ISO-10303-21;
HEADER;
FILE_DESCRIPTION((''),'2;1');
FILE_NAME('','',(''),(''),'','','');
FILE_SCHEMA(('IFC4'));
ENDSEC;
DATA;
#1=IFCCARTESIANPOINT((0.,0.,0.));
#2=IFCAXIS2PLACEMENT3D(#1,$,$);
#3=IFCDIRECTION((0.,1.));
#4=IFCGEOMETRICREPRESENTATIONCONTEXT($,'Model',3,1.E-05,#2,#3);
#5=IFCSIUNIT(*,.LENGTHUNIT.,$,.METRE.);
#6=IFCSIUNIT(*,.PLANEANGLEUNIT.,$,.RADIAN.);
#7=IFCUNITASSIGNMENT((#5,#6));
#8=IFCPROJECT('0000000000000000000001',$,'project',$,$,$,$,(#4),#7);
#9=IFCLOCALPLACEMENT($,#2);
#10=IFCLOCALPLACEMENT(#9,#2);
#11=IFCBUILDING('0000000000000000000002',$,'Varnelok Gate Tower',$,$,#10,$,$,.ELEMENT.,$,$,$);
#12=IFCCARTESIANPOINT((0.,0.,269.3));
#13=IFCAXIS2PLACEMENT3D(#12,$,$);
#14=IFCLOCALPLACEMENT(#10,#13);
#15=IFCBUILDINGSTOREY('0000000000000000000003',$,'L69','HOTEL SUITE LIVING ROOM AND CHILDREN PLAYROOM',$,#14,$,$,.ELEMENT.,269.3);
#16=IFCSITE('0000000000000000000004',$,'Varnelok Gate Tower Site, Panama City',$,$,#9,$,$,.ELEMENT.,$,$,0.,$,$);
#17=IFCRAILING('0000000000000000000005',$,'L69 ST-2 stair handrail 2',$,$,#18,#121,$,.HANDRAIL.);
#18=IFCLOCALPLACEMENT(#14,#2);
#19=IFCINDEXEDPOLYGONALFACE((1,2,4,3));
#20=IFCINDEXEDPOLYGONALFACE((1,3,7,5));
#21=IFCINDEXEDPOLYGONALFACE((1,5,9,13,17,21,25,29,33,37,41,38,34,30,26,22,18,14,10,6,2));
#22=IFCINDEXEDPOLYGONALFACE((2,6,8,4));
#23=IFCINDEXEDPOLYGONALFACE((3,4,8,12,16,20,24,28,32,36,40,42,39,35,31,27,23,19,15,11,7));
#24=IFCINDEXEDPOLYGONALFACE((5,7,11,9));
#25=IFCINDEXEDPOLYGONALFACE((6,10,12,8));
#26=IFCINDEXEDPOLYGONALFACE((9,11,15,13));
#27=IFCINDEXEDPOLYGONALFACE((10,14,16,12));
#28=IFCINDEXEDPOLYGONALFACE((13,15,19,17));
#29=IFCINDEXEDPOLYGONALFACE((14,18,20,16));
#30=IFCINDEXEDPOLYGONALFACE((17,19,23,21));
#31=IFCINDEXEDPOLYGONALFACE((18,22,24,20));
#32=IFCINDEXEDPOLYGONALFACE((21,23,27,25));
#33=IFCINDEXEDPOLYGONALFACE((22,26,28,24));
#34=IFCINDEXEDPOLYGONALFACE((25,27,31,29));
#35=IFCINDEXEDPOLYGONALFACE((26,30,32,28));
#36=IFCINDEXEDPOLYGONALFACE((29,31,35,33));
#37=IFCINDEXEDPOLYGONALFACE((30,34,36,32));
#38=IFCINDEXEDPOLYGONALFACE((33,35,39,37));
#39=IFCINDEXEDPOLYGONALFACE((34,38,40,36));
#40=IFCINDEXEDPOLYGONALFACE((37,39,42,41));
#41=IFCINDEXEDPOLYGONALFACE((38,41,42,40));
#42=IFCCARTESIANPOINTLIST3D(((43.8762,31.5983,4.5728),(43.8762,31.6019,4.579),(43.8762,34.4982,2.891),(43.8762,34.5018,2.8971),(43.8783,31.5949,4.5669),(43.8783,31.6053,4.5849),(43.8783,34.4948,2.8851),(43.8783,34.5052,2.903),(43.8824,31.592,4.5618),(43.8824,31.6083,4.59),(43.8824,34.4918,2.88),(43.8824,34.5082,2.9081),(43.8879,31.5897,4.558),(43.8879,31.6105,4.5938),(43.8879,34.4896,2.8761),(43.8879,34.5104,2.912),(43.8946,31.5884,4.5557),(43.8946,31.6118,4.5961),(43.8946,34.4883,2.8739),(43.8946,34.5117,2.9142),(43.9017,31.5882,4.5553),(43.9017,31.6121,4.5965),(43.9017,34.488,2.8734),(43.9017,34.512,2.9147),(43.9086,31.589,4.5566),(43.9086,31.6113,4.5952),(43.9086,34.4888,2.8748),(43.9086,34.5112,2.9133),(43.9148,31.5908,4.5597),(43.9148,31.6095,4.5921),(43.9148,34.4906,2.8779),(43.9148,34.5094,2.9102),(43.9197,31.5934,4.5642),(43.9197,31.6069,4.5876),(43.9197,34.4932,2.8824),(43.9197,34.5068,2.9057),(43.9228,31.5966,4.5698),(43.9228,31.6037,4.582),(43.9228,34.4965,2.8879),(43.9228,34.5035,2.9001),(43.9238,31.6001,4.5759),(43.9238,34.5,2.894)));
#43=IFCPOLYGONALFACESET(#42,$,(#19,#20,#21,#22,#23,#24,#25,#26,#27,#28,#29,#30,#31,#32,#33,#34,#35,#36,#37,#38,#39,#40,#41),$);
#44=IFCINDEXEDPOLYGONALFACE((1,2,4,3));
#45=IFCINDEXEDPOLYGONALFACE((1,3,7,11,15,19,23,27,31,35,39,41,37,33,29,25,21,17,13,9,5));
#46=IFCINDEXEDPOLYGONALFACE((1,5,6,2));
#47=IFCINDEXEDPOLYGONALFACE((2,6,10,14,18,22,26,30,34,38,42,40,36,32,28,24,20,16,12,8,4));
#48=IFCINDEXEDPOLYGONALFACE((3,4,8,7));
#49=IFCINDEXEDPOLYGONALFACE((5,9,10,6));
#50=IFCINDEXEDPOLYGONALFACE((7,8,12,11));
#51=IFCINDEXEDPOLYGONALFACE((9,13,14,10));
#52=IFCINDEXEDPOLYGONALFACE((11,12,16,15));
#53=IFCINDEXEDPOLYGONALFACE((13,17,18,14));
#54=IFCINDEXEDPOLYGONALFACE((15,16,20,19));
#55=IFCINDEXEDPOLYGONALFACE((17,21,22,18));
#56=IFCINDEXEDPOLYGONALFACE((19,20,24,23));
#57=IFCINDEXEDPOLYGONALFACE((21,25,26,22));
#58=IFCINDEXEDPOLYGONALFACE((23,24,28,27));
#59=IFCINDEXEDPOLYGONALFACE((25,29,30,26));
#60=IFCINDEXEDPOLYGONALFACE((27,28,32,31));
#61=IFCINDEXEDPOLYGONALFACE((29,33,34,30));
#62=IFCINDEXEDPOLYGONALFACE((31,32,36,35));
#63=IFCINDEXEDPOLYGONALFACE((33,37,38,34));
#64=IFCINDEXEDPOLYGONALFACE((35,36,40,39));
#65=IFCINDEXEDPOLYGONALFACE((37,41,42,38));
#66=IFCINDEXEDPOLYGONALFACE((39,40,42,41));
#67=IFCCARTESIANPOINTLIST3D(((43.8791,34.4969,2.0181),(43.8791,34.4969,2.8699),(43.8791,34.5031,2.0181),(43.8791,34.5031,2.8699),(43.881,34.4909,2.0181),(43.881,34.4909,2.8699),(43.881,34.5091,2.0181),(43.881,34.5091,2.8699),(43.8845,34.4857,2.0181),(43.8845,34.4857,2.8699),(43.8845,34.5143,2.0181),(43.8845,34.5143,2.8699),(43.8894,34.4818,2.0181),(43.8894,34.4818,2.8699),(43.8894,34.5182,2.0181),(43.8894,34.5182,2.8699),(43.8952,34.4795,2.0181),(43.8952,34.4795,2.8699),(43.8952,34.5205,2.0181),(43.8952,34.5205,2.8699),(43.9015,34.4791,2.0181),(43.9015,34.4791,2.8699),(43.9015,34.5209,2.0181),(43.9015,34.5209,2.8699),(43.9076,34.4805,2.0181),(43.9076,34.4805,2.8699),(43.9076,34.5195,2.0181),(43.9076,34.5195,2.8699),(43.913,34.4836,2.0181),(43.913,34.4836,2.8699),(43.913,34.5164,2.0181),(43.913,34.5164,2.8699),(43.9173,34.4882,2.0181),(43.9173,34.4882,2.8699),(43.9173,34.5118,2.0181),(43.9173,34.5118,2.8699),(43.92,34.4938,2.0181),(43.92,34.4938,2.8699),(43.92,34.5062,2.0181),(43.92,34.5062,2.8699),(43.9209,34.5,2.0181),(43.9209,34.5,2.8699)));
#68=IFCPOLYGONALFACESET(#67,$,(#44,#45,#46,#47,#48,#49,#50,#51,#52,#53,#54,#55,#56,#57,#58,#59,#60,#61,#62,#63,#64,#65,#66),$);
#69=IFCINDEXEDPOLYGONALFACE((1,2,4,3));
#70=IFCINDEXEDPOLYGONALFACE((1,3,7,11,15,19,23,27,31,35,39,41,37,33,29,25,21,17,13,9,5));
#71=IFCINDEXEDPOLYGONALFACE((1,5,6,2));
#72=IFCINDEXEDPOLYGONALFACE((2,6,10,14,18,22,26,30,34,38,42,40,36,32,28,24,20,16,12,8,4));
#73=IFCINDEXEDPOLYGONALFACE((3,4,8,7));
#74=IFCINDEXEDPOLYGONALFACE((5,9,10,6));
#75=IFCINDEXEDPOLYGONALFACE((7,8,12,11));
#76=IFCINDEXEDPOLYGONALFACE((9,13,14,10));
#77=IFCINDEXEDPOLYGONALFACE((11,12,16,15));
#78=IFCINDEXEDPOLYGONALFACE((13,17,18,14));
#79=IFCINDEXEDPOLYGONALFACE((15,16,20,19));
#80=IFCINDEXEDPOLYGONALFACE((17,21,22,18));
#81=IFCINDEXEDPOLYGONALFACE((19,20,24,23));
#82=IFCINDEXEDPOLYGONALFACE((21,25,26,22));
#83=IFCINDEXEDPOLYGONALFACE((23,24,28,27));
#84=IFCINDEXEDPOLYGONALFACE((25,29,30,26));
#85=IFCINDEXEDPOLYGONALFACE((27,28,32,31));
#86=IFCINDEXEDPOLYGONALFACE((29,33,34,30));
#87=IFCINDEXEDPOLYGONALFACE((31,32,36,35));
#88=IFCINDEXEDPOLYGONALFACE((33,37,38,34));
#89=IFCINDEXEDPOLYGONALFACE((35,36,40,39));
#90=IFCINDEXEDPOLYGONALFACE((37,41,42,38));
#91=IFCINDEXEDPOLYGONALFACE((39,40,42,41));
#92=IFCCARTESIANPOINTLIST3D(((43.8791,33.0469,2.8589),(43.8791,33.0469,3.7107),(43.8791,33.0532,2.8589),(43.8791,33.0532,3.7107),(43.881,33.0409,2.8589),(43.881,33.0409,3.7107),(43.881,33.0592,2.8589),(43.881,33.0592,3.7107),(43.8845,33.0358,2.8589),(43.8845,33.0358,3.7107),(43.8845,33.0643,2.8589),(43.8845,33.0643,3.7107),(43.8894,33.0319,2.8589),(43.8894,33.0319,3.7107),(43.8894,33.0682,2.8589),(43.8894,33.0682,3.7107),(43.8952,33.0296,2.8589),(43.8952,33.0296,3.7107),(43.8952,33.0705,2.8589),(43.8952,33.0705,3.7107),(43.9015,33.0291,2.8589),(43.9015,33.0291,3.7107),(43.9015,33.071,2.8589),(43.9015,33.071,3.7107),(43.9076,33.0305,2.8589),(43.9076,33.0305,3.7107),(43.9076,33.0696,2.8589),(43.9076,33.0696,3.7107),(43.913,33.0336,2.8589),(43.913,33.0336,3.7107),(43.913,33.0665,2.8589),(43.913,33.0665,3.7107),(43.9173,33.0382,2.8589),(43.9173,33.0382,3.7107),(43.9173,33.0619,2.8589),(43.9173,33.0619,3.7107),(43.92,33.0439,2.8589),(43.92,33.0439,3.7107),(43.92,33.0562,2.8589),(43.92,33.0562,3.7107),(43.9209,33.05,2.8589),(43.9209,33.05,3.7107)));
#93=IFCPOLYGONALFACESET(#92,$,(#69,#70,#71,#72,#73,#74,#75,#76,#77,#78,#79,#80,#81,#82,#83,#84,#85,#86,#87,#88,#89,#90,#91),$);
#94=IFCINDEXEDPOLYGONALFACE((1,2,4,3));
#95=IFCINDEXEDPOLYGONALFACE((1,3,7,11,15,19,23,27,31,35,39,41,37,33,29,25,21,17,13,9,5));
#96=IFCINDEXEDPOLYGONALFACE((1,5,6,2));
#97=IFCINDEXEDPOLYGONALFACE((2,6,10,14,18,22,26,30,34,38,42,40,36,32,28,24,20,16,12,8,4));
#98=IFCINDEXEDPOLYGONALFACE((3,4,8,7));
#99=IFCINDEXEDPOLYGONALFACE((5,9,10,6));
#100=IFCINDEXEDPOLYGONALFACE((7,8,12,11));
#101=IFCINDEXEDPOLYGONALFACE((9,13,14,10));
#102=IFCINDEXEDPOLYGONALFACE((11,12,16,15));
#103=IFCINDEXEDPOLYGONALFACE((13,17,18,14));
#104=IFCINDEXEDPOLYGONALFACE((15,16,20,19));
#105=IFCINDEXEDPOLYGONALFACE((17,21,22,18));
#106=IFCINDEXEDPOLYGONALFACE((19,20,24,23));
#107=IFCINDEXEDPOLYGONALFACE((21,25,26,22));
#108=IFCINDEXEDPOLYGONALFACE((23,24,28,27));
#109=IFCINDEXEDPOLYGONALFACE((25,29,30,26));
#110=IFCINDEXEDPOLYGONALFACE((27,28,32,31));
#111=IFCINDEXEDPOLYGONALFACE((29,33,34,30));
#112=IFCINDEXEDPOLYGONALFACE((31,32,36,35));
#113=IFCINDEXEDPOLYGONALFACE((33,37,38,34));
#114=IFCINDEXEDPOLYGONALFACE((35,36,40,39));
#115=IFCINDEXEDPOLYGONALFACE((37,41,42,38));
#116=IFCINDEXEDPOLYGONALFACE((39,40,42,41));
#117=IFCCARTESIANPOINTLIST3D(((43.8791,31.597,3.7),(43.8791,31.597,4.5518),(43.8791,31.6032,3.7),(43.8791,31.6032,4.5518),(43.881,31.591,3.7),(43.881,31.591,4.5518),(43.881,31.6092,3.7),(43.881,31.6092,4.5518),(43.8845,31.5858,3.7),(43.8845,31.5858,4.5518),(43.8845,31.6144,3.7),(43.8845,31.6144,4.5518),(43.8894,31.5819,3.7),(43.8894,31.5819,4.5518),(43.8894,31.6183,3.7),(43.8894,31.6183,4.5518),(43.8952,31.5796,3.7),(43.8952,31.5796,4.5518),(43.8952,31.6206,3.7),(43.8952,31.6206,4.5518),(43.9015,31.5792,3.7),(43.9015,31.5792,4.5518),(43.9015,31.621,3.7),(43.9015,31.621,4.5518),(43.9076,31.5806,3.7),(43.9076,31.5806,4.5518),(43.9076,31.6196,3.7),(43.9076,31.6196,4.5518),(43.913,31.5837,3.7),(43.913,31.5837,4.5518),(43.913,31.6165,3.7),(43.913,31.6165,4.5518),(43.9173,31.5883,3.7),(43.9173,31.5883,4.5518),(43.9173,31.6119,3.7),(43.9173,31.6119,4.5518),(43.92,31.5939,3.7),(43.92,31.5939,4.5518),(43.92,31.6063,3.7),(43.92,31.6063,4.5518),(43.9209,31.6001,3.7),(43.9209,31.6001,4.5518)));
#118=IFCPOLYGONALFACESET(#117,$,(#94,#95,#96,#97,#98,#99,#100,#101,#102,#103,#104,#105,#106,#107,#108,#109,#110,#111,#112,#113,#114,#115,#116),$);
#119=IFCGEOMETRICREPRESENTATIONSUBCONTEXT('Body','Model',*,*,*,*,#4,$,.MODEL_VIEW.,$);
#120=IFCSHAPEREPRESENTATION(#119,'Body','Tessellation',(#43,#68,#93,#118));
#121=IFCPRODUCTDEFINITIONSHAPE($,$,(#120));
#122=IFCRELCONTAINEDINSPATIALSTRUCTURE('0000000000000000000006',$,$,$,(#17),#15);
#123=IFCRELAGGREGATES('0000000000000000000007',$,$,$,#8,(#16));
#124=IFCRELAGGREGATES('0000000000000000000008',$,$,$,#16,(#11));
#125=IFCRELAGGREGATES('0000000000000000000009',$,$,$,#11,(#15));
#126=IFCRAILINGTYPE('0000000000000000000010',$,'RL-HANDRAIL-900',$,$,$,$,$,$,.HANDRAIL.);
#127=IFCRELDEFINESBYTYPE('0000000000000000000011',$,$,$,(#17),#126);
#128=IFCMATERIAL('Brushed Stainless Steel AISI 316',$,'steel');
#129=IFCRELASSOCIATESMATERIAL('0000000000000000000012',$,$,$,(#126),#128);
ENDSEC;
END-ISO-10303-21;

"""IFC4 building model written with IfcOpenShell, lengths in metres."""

from ifc_helpers import new_model, si_unit, direction, frame, origin, origin_2d, place, context, subcontext, project, spatial, circle, extrude, material, type_object, element, save


model = new_model("IFC4")

# Units and contexts
model_context = context("Model", 3, precision=1e-05, world=origin(), true_north=direction((0.0, 1.0)))
body_context = subcontext(model_context, "Body", "Model", "MODEL_VIEW")
ifc_project = project(units=[si_unit("LENGTHUNIT", "METRE"), si_unit("PLANEANGLEUNIT", "RADIAN")], contexts=[model_context])

# Site, building, storey
site_placement = place(None, origin())
site = spatial("IfcSite", under=ifc_project, at=site_placement, Name="Varnelok Gate Tower Site, Panama City", CompositionType="ELEMENT", RefElevation=0.0)
building_placement = place(site_placement, origin())
building = spatial("IfcBuilding", under=site, at=building_placement, Name="Varnelok Gate Tower", CompositionType="ELEMENT")
storey_placement = place(building_placement, frame((0.0, 0.0, 269.3)))
storey = spatial("IfcBuildingStorey", under=building, at=storey_placement, Name="L69", Description="HOTEL SUITE LIVING ROOM AND CHILDREN PLAYROOM", CompositionType="ELEMENT", Elevation=269.3)

# Railing
ifc_material_1 = material(Name="Brushed Stainless Steel AISI 316", Category="steel")
railing_type_1 = type_object("IfcRailingType", Name="RL-HANDRAIL-900", PredefinedType="HANDRAIL", material=ifc_material_1)
railing_1_placement = place(storey_placement, frame((43.8999, 34.5, 2.0181)))
element("IfcRailing", 1, at=railing_1_placement, inside=storey, type_object=railing_type_1, Name="L69 ST-2 stair handrail 2", PredefinedType="HANDRAIL", context=body_context, shape_type="SweptSolid", body=[
    extrude(circle(Radius=0.0239, at=origin_2d()), frame((0.0, 0.0, 0.876), z_axis=(0.0, -0.865039, 0.501705), x_axis=(1.0, 0.0, 0.0)), (0.0, 0.0, 1.0), 3.3523),
    extrude(circle(Radius=0.021, at=origin_2d()), origin(), (0.0, 0.0, 1.0), 0.8518),
    extrude(circle(Radius=0.021, at=origin_2d()), frame((0.0, -1.45, 0.8408)), (0.0, 0.0, 1.0), 0.8518),
    extrude(circle(Radius=0.021, at=origin_2d()), frame((0.0, -2.8999, 1.6819)), (0.0, 0.0, 1.0), 0.8518),
])

save(model, "model.ifc")
